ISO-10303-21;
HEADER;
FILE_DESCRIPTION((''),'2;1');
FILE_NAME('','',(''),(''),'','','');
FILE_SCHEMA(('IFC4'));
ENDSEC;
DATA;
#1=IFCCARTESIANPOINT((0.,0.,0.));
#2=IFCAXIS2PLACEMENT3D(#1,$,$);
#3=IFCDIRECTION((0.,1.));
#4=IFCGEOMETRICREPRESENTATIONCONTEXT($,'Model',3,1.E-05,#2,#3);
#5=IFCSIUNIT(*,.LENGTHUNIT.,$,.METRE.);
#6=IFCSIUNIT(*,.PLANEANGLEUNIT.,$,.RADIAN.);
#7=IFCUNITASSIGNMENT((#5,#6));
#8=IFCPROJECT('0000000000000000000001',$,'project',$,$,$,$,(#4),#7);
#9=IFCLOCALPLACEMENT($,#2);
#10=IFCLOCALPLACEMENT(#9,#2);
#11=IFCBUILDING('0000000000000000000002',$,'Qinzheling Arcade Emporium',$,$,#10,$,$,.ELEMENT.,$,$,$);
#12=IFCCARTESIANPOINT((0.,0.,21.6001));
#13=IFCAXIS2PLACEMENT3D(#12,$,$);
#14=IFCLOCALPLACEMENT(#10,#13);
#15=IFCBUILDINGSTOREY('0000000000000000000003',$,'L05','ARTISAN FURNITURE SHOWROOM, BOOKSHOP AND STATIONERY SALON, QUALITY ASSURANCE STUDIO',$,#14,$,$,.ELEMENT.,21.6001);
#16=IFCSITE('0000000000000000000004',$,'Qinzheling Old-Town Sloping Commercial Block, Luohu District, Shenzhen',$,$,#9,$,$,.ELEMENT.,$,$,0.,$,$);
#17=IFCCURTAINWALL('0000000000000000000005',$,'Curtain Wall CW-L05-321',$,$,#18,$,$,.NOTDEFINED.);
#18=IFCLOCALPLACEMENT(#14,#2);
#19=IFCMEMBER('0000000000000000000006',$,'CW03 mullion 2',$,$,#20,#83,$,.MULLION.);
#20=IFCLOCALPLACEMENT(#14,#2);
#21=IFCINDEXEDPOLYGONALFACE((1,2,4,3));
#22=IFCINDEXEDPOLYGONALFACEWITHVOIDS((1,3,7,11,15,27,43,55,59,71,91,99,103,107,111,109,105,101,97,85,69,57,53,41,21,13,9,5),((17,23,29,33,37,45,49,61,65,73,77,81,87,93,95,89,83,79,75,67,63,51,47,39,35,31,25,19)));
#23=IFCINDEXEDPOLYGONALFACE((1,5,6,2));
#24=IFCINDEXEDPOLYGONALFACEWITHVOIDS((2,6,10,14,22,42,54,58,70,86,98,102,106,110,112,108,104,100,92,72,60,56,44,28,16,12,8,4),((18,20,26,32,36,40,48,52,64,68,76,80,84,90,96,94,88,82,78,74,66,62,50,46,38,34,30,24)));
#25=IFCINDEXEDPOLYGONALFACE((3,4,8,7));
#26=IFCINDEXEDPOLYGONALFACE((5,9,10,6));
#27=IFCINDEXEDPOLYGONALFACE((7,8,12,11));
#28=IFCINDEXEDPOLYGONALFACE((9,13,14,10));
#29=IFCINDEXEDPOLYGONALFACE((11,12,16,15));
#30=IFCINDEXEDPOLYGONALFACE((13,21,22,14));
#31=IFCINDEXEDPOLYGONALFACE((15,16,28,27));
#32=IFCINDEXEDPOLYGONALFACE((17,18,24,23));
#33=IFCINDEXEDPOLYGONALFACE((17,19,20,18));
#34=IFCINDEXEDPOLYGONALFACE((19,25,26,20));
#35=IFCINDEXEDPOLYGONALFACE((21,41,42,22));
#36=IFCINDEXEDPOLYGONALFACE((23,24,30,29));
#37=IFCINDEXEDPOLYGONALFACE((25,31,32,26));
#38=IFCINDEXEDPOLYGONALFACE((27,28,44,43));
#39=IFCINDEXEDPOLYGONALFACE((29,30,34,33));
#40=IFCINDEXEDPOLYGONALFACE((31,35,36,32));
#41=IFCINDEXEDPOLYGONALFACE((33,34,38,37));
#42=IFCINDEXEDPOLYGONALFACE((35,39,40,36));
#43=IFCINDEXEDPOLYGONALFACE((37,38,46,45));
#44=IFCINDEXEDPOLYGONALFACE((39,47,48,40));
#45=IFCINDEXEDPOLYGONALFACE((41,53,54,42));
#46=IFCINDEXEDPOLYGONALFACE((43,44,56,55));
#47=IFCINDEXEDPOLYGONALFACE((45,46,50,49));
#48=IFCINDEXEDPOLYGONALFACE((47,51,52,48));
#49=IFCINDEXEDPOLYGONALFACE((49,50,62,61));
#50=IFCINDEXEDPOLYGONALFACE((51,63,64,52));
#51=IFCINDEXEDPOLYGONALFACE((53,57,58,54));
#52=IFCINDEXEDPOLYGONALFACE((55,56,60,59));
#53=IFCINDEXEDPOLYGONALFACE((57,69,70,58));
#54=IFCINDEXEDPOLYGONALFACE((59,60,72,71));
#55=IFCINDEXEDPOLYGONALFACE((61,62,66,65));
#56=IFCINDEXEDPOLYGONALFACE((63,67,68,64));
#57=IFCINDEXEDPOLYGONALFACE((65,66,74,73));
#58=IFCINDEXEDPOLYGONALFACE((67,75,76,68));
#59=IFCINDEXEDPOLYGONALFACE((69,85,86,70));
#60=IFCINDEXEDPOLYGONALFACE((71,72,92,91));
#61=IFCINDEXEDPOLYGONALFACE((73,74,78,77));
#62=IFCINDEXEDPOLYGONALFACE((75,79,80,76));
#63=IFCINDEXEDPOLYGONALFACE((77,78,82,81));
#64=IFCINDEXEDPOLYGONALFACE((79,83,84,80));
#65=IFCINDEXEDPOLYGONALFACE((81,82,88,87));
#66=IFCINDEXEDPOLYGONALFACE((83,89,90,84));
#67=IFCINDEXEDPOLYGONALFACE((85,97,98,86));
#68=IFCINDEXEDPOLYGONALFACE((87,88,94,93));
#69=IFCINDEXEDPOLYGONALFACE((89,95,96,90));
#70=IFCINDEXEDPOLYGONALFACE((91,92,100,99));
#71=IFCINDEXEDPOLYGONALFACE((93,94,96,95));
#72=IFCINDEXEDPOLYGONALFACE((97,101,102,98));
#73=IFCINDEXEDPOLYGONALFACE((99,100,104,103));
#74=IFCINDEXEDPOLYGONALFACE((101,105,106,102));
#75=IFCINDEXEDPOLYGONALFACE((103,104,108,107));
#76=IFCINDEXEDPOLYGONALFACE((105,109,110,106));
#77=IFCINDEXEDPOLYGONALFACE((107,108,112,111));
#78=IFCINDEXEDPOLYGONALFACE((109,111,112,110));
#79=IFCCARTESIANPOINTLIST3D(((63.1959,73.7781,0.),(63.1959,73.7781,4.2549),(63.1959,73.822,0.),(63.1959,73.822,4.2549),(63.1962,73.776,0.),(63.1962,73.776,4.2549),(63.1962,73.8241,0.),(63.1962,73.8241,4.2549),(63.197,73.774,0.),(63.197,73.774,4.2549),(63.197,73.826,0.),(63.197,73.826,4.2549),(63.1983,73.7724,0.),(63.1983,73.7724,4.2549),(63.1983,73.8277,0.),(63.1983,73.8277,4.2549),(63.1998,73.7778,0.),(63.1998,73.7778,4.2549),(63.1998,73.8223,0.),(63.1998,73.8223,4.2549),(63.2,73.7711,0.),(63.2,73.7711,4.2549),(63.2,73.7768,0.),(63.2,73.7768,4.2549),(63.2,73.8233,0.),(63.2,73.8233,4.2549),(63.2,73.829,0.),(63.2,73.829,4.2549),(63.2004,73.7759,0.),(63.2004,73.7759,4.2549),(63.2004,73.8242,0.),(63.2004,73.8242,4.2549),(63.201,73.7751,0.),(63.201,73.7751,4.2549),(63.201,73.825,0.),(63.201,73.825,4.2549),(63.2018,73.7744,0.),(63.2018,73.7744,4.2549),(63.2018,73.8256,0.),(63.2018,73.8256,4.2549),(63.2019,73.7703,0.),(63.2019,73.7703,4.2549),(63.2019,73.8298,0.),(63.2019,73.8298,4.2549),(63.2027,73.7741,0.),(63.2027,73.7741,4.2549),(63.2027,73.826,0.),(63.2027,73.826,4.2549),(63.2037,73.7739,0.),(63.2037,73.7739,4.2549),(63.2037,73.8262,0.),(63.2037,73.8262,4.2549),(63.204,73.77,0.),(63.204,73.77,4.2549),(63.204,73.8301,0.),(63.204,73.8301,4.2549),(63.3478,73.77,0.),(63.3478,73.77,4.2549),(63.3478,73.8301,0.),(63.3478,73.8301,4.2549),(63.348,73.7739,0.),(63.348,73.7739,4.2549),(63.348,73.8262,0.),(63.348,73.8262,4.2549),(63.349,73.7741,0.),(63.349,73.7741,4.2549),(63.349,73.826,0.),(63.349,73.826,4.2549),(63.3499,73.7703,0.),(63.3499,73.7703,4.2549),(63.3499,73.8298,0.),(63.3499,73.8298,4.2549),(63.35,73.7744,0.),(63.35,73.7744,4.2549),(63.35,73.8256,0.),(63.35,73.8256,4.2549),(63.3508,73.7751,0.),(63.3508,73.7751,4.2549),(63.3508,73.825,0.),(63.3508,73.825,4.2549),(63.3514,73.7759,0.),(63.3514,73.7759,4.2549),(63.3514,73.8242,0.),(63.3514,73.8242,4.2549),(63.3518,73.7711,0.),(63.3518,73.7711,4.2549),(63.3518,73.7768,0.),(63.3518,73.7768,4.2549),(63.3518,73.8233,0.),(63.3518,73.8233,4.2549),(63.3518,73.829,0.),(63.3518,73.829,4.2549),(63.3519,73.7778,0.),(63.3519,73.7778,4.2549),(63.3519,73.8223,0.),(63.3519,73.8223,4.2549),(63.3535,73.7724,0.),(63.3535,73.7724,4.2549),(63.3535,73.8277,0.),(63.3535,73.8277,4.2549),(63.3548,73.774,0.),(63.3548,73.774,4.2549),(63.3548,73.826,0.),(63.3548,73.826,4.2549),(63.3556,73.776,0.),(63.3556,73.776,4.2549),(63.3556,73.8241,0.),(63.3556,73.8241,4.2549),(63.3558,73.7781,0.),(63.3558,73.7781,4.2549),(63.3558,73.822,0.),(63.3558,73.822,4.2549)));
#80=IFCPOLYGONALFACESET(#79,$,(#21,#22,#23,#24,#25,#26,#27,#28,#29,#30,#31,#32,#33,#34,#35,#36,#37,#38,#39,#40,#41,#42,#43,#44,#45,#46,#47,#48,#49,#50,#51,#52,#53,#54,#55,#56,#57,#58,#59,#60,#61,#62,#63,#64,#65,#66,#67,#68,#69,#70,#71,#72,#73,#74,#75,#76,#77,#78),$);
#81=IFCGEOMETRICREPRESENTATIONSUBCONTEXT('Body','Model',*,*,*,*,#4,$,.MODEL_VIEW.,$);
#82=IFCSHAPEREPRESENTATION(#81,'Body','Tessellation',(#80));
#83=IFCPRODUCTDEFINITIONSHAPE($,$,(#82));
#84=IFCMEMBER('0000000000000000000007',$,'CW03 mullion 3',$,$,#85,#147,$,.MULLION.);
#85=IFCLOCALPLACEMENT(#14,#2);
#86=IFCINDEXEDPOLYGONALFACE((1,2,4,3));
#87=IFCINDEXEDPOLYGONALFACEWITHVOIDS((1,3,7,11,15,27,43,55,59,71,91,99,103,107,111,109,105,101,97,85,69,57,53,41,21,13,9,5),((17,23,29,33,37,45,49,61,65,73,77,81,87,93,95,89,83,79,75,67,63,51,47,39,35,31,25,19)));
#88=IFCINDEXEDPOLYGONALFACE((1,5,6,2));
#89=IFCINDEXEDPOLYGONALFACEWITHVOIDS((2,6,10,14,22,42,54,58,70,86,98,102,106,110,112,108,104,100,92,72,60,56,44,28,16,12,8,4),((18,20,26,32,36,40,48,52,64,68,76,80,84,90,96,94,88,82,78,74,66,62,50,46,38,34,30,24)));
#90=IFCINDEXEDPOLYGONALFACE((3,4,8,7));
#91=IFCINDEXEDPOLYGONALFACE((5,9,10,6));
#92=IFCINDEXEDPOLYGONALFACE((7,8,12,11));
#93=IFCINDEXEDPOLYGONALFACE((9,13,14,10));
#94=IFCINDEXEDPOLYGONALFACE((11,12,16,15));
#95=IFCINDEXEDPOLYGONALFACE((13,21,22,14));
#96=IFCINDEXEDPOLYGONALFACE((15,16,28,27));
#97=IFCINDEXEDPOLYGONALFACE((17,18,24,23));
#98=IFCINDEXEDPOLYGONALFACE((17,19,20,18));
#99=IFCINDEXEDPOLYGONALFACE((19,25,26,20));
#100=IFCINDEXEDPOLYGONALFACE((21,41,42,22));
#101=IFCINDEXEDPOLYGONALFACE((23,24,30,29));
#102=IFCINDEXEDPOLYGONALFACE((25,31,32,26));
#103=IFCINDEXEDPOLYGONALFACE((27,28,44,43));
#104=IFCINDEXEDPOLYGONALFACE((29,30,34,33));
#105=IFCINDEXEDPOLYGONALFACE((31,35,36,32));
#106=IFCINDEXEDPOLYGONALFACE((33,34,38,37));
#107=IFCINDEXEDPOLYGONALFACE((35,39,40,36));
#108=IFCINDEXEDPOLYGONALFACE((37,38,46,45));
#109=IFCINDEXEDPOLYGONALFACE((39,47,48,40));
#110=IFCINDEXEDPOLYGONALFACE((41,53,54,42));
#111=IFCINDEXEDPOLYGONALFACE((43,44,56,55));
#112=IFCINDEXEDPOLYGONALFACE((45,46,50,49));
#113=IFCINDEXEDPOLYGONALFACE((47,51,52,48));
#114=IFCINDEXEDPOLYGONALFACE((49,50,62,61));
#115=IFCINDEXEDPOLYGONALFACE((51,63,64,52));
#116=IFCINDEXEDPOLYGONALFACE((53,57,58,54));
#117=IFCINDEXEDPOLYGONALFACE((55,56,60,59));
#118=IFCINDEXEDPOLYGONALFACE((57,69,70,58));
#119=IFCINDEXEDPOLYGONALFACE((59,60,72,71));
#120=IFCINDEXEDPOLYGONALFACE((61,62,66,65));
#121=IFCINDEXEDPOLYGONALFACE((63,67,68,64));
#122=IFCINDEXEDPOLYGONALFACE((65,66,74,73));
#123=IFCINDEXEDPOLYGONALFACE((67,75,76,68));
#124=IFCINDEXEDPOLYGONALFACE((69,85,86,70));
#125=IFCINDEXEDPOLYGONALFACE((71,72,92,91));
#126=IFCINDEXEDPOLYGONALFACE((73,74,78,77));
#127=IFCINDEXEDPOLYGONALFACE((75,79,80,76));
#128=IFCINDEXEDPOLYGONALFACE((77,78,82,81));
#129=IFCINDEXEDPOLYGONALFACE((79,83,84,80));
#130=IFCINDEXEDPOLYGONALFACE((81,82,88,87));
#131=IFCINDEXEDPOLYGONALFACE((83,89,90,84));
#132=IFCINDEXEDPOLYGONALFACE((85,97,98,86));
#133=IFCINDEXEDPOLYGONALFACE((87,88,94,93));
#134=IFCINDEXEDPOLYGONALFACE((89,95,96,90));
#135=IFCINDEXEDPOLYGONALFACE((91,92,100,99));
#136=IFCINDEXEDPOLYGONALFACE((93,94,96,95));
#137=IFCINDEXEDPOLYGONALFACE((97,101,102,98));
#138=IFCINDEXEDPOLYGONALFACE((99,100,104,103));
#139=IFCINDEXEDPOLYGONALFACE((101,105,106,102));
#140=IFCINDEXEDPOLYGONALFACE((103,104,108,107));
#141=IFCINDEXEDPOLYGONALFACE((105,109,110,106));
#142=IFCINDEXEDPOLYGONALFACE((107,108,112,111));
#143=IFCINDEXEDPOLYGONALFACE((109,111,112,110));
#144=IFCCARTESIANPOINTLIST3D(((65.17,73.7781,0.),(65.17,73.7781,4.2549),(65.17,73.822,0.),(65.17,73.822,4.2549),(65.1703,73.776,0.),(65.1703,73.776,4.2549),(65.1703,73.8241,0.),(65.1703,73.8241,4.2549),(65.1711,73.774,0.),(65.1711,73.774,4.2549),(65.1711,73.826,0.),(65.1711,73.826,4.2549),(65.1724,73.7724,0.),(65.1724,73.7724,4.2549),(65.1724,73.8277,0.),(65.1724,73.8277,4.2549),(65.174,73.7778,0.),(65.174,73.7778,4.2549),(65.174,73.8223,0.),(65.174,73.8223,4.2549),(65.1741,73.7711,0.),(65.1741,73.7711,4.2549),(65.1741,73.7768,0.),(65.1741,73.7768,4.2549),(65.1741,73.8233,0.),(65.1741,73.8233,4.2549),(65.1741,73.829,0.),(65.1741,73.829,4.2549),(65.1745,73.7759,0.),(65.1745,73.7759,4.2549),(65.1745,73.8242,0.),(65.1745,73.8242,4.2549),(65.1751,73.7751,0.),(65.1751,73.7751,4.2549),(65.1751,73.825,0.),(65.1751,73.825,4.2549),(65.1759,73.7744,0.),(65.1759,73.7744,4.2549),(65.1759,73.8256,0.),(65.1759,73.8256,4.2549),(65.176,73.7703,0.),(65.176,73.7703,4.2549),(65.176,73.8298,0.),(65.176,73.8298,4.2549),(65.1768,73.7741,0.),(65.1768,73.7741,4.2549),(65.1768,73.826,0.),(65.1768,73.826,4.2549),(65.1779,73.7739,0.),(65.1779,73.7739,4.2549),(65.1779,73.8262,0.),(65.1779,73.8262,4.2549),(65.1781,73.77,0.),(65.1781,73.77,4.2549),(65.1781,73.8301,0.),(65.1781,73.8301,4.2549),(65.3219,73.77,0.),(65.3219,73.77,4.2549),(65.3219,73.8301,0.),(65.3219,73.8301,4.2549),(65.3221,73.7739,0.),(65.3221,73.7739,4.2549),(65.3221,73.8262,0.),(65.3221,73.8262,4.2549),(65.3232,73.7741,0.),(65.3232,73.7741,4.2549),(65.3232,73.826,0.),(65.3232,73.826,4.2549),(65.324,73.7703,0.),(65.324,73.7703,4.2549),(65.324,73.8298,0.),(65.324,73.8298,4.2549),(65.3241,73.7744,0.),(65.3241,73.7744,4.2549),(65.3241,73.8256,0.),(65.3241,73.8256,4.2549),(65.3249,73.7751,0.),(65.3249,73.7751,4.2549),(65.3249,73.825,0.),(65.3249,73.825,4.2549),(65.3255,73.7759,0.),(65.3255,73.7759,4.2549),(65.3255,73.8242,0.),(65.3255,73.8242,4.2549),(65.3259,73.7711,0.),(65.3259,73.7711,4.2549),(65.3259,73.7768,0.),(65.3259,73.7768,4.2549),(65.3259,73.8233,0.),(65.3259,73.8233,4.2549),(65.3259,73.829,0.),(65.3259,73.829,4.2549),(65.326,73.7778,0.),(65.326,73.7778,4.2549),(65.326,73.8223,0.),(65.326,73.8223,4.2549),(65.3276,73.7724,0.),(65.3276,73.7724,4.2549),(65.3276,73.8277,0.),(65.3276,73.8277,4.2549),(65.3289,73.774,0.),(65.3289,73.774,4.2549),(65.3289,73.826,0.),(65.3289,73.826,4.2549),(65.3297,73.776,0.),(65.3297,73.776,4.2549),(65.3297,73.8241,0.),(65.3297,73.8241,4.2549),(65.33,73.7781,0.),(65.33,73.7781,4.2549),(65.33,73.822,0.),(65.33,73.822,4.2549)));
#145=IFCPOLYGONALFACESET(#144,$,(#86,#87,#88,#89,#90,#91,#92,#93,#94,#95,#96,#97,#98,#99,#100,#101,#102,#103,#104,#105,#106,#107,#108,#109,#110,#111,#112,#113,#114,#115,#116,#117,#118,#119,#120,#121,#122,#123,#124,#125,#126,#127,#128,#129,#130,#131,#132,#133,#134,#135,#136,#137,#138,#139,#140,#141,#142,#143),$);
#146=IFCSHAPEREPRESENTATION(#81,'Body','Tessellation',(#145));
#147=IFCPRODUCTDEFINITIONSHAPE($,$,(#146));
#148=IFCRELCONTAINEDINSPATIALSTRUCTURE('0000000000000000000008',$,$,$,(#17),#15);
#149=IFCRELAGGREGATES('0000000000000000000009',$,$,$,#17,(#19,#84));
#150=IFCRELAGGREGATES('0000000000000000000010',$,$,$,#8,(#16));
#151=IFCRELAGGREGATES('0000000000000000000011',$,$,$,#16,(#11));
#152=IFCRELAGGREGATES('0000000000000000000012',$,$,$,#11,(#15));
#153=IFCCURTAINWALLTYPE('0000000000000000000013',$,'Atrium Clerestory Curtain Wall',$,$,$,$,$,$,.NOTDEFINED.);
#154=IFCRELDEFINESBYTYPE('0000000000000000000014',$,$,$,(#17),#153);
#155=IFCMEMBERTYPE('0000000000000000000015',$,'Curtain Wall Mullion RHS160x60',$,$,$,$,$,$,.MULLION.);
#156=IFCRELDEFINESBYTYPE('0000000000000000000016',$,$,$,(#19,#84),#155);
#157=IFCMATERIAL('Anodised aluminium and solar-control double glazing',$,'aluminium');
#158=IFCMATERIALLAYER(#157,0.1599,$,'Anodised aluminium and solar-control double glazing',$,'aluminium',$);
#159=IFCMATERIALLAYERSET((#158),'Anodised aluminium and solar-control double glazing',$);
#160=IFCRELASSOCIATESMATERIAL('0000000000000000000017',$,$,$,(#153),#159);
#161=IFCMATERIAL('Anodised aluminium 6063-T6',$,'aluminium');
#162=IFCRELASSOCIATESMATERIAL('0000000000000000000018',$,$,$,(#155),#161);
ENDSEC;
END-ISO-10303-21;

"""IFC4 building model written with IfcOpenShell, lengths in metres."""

from ifc_helpers import new_model, si_unit, direction, frame, origin, origin_2d, place, context, subcontext, project, spatial, hollow_rectangle, extrude, material, layer, layer_set, material_profile, profile_set, type_object, element, aggregate, save


model = new_model("IFC4")

# Units and contexts
model_context = context("Model", 3, precision=1e-05, world=origin(), true_north=direction((0.0, 1.0)))
body_context = subcontext(model_context, "Body", "Model", "MODEL_VIEW")
ifc_project = project(units=[si_unit("LENGTHUNIT", "METRE"), si_unit("PLANEANGLEUNIT", "RADIAN")], contexts=[model_context])

# Site, building, storey
site_placement = place(None, origin())
site = spatial("IfcSite", under=ifc_project, at=site_placement, Name="Qinzheling Old-Town Sloping Commercial Block, Luohu District, Shenzhen", CompositionType="ELEMENT", RefElevation=0.0)
building_placement = place(site_placement, origin())
building = spatial("IfcBuilding", under=site, at=building_placement, Name="Qinzheling Arcade Emporium", CompositionType="ELEMENT")
storey_placement = place(building_placement, frame((0.0, 0.0, 21.6001)))
storey = spatial("IfcBuildingStorey", under=building, at=storey_placement, Name="L05", Description="ARTISAN FURNITURE SHOWROOM, BOOKSHOP AND STATIONERY SALON, QUALITY ASSURANCE STUDIO", CompositionType="ELEMENT", Elevation=21.6001)

# Shared definitions
ifc_material_1 = material(Name="Anodised aluminium and solar-control double glazing", Category="aluminium")
ifc_layer_1 = layer(ifc_material_1, 0.1599, Name="Anodised aluminium and solar-control double glazing", Category="aluminium")
ifc_layer_set_1 = layer_set([ifc_layer_1], Name="Anodised aluminium and solar-control double glazing")
curtain_wall_type = type_object("IfcCurtainWallType", Name="Atrium Clerestory Curtain Wall", PredefinedType="NOTDEFINED", material=ifc_layer_set_1)
ifc_material_2 = material(Name="Anodised aluminium 6063-T6", Category="aluminium")
ifc_material_profile_1 = material_profile(ifc_material_2, hollow_rectangle(XDim=0.0601, YDim=0.1599, WallThickness=0.0039, InnerFilletRadius=0.0039, OuterFilletRadius=0.0081, at=origin_2d()), Name="RHS 160x60x4", Category="aluminium")
ifc_profile_set_1 = profile_set([ifc_material_profile_1], Name="Anodised aluminium 6063-T6")
member_type_1 = type_object("IfcMemberType", Name="Curtain Wall Mullion RHS160x60", PredefinedType="MULLION", material=ifc_profile_set_1)

# Curtain wall, members
curtain_wall_1_placement = place(storey_placement, origin())
curtain_wall_1 = element("IfcCurtainWall", 1, at=curtain_wall_1_placement, inside=storey, type_object=curtain_wall_type, Name="Curtain Wall CW-L05-321", PredefinedType="NOTDEFINED")
member_1_placement = place(storey_placement, frame((63.2759, 73.8, 0.0), z_axis=(0.0, 0.0, 1.0), x_axis=(0.0, 1.0, 0.0)))
member_1 = element("IfcMember", 2, at=member_1_placement, type_object=member_type_1, Name="CW03 mullion 2", PredefinedType="MULLION", context=body_context, shape_type="SweptSolid", body=[
    extrude(hollow_rectangle(XDim=0.0601, YDim=0.1599, WallThickness=0.0039, InnerFilletRadius=0.0039, OuterFilletRadius=0.0081, at=origin_2d()), origin(), (0.0, 0.0, 1.0), 4.2549),
])
member_2_placement = place(storey_placement, frame((65.25, 73.8, 0.0), z_axis=(0.0, 0.0, 1.0), x_axis=(0.0, 1.0, 0.0)))
member_2 = element("IfcMember", 3, at=member_2_placement, type_object=member_type_1, Name="CW03 mullion 3", PredefinedType="MULLION", context=body_context, shape_type="SweptSolid", body=[
    extrude(hollow_rectangle(XDim=0.0601, YDim=0.1599, WallThickness=0.0039, InnerFilletRadius=0.0039, OuterFilletRadius=0.0081, at=origin_2d()), origin(), (0.0, 0.0, 1.0), 4.2549),
])

aggregate(curtain_wall_1, [member_1, member_2])

save(model, "model.ifc")
